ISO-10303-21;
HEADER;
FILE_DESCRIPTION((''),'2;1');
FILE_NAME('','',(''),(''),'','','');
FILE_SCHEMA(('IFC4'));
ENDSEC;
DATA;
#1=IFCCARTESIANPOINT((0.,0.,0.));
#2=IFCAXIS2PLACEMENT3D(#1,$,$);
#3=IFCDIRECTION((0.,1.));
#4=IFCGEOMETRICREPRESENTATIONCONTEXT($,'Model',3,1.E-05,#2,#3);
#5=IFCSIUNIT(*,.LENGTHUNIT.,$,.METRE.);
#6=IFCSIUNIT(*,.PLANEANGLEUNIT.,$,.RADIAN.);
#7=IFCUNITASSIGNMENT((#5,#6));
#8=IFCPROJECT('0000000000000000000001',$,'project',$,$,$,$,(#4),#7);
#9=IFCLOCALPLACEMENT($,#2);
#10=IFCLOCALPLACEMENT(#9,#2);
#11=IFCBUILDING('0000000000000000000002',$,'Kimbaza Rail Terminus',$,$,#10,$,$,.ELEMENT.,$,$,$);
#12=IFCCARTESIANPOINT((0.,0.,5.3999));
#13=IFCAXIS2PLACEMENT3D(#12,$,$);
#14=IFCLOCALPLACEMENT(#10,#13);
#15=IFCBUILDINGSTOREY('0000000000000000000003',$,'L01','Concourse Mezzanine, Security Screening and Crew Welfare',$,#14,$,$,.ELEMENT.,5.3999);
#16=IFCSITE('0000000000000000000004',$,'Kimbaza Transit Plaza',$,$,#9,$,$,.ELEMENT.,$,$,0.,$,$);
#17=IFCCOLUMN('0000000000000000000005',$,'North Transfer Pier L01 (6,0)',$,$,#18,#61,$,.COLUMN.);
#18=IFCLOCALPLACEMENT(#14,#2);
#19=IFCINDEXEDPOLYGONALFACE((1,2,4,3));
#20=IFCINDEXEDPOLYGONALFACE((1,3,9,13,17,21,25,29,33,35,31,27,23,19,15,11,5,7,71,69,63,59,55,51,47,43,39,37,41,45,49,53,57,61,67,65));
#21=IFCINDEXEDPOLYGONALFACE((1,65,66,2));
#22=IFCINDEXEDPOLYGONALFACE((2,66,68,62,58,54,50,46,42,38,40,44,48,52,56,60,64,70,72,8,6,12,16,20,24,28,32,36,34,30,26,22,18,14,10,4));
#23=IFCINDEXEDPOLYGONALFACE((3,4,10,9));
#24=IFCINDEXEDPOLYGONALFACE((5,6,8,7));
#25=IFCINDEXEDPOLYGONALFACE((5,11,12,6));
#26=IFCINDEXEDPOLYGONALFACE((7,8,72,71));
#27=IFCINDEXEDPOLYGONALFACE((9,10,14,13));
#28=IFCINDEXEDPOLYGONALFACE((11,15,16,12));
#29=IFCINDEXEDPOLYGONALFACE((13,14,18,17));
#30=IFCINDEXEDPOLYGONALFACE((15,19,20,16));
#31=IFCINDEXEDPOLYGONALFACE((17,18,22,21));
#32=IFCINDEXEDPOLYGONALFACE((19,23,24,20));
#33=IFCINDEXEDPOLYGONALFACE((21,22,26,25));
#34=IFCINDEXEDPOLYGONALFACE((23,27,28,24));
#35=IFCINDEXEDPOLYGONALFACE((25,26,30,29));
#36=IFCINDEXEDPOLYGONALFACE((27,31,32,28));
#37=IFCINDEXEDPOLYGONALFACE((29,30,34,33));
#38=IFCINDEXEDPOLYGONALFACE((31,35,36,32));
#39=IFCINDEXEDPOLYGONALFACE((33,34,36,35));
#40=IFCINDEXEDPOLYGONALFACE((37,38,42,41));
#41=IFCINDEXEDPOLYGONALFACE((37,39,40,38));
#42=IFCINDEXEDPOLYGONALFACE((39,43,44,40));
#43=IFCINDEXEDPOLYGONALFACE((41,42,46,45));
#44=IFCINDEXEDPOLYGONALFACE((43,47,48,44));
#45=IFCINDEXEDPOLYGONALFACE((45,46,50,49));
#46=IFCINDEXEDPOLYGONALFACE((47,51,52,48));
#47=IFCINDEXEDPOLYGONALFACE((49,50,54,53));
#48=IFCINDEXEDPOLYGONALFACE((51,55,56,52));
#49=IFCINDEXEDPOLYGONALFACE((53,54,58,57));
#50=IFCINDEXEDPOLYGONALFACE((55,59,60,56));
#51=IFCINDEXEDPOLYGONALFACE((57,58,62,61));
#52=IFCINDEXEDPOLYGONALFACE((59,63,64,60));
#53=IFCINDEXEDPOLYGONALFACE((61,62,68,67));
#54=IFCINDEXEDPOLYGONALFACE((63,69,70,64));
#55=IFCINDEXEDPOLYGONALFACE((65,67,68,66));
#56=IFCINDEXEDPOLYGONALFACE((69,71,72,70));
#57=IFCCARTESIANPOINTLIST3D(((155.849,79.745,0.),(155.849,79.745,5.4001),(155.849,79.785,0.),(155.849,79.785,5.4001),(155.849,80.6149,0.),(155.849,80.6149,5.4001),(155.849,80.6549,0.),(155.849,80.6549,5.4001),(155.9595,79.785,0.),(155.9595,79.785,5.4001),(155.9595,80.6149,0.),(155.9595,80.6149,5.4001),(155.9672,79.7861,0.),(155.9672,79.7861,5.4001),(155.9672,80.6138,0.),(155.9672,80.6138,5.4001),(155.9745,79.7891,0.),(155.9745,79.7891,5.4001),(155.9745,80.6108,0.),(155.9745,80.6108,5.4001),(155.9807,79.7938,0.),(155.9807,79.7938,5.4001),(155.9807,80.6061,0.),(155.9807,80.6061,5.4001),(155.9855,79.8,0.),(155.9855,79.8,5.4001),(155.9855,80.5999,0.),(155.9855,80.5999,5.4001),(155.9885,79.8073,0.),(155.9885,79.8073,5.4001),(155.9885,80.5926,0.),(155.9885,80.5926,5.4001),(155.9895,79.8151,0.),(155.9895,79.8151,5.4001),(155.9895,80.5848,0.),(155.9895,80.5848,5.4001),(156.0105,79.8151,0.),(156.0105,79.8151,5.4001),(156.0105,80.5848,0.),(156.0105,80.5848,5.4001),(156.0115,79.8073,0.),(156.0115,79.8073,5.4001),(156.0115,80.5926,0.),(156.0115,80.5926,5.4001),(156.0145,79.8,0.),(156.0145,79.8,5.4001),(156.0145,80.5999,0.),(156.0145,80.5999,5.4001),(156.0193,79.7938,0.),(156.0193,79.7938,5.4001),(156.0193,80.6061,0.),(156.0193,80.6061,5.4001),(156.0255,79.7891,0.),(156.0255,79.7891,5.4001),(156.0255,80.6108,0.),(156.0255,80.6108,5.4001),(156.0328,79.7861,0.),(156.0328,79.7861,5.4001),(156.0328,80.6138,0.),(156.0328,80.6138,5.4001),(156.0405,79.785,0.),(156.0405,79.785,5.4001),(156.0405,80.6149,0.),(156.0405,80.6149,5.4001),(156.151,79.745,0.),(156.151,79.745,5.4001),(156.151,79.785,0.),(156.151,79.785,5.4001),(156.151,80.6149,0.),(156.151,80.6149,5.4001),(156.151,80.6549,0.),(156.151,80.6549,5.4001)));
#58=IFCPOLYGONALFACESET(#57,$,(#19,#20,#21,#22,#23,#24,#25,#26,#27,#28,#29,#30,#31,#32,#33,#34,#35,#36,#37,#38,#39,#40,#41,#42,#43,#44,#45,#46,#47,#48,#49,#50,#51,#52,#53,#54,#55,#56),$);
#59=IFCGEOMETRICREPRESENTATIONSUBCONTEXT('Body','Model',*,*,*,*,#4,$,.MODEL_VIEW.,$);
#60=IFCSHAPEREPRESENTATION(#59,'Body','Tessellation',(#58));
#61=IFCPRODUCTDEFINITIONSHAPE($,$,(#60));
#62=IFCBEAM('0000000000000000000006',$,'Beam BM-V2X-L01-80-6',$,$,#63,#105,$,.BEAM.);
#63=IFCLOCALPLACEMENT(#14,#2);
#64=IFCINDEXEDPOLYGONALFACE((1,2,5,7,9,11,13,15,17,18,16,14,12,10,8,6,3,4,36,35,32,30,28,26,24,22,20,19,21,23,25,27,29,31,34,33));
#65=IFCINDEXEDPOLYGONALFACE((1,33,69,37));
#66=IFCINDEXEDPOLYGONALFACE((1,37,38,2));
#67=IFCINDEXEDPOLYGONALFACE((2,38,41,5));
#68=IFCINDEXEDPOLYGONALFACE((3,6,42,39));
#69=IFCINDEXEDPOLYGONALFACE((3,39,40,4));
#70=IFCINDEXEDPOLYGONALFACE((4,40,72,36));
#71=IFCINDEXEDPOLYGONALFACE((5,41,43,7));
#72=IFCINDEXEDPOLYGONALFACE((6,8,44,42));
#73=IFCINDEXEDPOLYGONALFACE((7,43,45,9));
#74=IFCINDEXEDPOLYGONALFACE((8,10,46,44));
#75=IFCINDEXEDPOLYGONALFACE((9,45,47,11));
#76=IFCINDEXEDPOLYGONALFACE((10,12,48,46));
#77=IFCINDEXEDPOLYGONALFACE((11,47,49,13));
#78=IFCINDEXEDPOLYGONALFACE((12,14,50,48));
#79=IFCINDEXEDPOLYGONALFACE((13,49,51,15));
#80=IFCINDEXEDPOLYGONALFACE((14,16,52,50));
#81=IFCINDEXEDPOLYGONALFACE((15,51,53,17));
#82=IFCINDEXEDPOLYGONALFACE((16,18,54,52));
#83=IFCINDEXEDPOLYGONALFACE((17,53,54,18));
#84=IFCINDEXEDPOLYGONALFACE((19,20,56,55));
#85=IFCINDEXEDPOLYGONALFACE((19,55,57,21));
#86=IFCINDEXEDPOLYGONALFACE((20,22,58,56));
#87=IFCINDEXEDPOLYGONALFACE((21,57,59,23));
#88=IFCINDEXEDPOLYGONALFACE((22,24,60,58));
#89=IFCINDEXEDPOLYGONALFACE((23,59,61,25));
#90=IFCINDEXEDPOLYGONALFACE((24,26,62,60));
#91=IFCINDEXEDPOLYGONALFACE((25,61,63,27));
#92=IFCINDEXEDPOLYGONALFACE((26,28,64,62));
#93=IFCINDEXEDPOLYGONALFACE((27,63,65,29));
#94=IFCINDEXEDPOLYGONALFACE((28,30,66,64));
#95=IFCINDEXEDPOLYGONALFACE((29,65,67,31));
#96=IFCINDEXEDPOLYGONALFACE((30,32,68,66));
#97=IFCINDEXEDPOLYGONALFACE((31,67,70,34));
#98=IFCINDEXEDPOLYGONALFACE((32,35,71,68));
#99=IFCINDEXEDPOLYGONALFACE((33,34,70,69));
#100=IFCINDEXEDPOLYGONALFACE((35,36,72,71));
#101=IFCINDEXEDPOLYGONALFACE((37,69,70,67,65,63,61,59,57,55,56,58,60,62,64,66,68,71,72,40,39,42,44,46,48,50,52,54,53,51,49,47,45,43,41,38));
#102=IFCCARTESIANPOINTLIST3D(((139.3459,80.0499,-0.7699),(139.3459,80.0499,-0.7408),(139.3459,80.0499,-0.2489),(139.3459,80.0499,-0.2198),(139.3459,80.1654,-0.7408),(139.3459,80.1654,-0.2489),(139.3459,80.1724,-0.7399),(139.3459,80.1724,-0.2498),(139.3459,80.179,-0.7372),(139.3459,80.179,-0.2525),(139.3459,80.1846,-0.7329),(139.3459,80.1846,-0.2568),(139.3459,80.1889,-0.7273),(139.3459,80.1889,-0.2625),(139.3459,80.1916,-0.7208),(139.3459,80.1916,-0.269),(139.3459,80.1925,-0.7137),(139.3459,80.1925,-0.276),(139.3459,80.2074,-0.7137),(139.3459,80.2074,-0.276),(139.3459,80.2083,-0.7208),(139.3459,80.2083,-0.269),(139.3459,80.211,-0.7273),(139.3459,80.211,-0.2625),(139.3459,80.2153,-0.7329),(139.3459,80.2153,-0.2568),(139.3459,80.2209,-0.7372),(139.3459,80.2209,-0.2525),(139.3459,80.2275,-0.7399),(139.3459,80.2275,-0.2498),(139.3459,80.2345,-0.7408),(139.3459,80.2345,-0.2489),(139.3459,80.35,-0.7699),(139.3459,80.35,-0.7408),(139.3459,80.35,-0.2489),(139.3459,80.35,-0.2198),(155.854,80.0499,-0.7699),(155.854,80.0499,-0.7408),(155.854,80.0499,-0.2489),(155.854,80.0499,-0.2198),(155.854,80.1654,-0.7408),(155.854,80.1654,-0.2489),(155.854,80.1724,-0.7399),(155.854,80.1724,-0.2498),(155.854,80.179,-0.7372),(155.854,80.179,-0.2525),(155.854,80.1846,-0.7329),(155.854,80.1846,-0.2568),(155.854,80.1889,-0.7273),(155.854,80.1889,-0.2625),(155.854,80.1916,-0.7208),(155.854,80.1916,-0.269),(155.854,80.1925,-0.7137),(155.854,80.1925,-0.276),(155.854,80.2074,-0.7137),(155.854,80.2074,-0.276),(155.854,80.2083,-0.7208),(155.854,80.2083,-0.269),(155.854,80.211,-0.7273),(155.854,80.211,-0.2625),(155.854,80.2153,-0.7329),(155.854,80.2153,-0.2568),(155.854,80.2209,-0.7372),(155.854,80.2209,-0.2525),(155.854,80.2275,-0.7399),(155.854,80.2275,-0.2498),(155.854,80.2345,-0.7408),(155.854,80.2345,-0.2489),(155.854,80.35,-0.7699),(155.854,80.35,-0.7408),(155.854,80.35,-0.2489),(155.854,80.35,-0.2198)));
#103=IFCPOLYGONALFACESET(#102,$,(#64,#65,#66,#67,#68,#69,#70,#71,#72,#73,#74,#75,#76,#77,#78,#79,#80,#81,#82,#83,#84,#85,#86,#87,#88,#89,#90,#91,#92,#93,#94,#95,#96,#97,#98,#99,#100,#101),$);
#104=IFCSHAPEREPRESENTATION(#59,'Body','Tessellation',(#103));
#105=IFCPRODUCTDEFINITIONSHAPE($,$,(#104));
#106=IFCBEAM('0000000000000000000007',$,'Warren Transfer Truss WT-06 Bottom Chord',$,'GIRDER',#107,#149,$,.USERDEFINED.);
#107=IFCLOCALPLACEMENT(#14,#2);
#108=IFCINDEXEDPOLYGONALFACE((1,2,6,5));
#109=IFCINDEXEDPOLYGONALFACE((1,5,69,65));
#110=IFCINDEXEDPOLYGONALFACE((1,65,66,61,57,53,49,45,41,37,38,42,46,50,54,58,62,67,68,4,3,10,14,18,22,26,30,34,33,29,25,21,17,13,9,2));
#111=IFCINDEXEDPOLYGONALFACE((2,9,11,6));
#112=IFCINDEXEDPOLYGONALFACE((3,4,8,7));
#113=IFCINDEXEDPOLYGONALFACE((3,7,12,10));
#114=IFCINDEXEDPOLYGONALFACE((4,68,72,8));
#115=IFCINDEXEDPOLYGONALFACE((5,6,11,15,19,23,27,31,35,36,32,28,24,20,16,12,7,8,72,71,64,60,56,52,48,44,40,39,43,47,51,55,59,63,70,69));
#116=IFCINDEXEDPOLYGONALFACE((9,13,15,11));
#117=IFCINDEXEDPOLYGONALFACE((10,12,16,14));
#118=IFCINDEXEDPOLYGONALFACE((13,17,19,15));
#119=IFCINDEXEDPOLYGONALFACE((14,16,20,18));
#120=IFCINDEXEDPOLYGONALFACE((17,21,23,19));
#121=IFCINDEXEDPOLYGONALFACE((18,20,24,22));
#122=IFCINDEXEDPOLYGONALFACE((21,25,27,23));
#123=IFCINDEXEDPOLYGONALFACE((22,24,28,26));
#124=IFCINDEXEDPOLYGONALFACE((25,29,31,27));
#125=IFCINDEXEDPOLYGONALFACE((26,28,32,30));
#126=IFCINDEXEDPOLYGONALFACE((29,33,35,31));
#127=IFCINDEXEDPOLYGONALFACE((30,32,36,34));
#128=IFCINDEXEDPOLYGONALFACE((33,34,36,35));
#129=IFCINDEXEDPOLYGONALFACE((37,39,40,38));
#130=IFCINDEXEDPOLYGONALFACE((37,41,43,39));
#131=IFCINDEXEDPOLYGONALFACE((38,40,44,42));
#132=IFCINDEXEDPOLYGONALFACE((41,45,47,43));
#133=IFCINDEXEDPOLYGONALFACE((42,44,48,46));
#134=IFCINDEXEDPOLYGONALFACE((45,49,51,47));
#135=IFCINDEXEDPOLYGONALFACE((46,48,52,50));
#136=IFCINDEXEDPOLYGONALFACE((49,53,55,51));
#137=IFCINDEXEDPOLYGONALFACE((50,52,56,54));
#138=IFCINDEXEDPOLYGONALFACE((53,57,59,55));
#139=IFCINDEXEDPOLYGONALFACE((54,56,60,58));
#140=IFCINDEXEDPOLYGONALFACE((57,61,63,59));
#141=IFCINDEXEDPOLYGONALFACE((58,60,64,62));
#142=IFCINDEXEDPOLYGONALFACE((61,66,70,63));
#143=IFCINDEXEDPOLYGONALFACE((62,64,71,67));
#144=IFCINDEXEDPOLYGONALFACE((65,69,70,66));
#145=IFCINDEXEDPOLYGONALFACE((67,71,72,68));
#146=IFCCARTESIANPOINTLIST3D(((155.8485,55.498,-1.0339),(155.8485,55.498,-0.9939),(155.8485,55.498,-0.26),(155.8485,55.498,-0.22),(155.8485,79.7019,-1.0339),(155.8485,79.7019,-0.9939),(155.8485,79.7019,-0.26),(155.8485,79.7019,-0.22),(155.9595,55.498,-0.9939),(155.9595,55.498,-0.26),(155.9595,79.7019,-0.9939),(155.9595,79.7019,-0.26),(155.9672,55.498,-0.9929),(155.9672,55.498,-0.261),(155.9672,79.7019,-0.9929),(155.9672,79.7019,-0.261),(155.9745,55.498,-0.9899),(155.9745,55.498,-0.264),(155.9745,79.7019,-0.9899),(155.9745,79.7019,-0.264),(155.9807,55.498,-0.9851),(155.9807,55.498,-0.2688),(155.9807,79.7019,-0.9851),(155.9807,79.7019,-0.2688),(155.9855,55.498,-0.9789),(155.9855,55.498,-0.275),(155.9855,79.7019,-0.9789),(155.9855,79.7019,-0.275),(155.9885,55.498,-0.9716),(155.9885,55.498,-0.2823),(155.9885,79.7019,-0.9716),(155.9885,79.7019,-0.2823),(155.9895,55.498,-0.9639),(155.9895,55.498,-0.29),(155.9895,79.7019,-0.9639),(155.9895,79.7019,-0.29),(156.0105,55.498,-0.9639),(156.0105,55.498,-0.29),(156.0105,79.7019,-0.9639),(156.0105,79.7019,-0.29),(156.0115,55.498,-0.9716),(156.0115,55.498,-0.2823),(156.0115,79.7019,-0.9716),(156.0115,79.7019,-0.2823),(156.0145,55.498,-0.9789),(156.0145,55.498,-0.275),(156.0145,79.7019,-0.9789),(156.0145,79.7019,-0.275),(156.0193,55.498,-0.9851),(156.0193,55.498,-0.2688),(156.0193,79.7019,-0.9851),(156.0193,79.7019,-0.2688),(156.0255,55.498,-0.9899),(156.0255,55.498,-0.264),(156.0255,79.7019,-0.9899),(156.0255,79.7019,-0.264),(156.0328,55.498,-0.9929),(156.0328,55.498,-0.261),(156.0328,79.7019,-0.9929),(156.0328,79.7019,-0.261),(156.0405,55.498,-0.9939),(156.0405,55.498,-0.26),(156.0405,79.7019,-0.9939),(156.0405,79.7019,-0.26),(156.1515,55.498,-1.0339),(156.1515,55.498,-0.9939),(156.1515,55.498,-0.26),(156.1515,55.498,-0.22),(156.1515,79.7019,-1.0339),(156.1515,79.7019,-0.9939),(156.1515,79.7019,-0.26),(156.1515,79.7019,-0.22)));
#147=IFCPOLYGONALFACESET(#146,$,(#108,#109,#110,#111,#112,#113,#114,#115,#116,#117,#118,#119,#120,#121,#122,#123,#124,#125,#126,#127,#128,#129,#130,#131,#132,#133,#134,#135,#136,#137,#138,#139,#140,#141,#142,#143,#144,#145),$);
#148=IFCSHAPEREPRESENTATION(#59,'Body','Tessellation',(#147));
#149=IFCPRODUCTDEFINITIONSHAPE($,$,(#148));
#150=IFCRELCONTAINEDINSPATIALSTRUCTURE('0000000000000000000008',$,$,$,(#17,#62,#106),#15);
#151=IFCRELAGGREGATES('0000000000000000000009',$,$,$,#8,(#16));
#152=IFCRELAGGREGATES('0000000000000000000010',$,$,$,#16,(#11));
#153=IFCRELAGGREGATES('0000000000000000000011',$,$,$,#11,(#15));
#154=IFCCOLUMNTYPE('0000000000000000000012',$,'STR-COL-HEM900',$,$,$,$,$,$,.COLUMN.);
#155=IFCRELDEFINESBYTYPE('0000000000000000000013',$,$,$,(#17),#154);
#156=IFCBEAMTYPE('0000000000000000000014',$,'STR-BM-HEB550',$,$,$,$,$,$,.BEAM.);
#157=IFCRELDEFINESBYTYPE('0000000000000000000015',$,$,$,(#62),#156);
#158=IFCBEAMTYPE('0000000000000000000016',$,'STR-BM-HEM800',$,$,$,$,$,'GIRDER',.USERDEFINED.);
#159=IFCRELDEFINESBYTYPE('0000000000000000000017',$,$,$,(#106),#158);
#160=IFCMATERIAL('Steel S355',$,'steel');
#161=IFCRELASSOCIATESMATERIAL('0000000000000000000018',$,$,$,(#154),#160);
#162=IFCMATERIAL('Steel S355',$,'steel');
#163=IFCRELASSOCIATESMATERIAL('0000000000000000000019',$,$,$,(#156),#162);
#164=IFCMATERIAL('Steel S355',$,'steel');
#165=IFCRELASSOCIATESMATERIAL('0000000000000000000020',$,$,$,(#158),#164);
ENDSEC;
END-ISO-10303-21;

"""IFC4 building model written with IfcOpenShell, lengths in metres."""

from ifc_helpers import new_model, si_unit, direction, frame, origin, origin_2d, place, context, subcontext, project, spatial, i_section, extrude, material, material_profile, profile_set, type_object, element, save


model = new_model("IFC4")

# Units and contexts
model_context = context("Model", 3, precision=1e-05, world=origin(), true_north=direction((0.0, 1.0)))
body_context = subcontext(model_context, "Body", "Model", "MODEL_VIEW")
ifc_project = project(units=[si_unit("LENGTHUNIT", "METRE"), si_unit("PLANEANGLEUNIT", "RADIAN")], contexts=[model_context])

# Site, building, storey
site_placement = place(None, origin())
site = spatial("IfcSite", under=ifc_project, at=site_placement, Name="Kimbaza Transit Plaza", CompositionType="ELEMENT", RefElevation=0.0)
building_placement = place(site_placement, origin())
building = spatial("IfcBuilding", under=site, at=building_placement, Name="Kimbaza Rail Terminus", CompositionType="ELEMENT")
storey_placement = place(building_placement, frame((0.0, 0.0, 5.3999)))
storey = spatial("IfcBuildingStorey", under=building, at=storey_placement, Name="L01", Description="Concourse Mezzanine, Security Screening and Crew Welfare", CompositionType="ELEMENT", Elevation=5.3999)

# Column
ifc_material_1 = material(Name="Steel S355", Category="steel")
ifc_material_profile_1 = material_profile(ifc_material_1, i_section(OverallWidth=0.302, OverallDepth=0.9099, WebThickness=0.021, FlangeThickness=0.04, FilletRadius=0.03, at=origin_2d()), Name="HEM 900")
ifc_profile_set_1 = profile_set([ifc_material_profile_1], Name="Steel S355")
column_type = type_object("IfcColumnType", Name="STR-COL-HEM900", PredefinedType="COLUMN", material=ifc_profile_set_1)
column_placement = place(storey_placement, frame((156.0, 80.2, 0.0), z_axis=(0.0, 0.0, 1.0), x_axis=(1.0, 0.0, 0.0)))
element("IfcColumn", 1, at=column_placement, inside=storey, type_object=column_type, Name="North Transfer Pier L01 (6,0)", PredefinedType="COLUMN", context=body_context, shape_type="SweptSolid", body=[
    extrude(i_section(OverallWidth=0.302, OverallDepth=0.9099, WebThickness=0.021, FlangeThickness=0.04, FilletRadius=0.03, at=origin_2d()), origin(), (0.0, 0.0, 1.0), 5.4001),
])

# Beams
ifc_material_2 = material(Name="Steel S355", Category="steel")
ifc_material_profile_2 = material_profile(ifc_material_2, i_section(OverallWidth=0.3, OverallDepth=0.55, WebThickness=0.0149, FlangeThickness=0.0291, FilletRadius=0.0271, at=origin_2d()), Name="HEB 550")
ifc_profile_set_2 = profile_set([ifc_material_profile_2], Name="Steel S355")
beam_type_1 = type_object("IfcBeamType", Name="STR-BM-HEB550", PredefinedType="BEAM", material=ifc_profile_set_2)
beam_1_placement = place(storey_placement, frame((139.3459, 80.2, -0.4949), z_axis=(1.0, 0.0, 0.0), x_axis=(0.0, 1.0, 0.0)))
element("IfcBeam", 2, at=beam_1_placement, inside=storey, type_object=beam_type_1, Name="Beam BM-V2X-L01-80-6", PredefinedType="BEAM", context=body_context, shape_type="SweptSolid", body=[
    extrude(i_section(OverallWidth=0.3, OverallDepth=0.55, WebThickness=0.0149, FlangeThickness=0.0291, FilletRadius=0.0271, at=origin_2d()), origin(), (0.0, 0.0, 1.0), 16.5081),
])
ifc_material_3 = material(Name="Steel S355", Category="steel")
ifc_material_profile_3 = material_profile(ifc_material_3, i_section(OverallWidth=0.303, OverallDepth=0.814, WebThickness=0.021, FlangeThickness=0.04, FilletRadius=0.03, at=origin_2d()), Name="HEM 800")
ifc_profile_set_3 = profile_set([ifc_material_profile_3], Name="Steel S355")
beam_type_2 = type_object("IfcBeamType", Name="STR-BM-HEM800", ElementType="GIRDER", PredefinedType="USERDEFINED", material=ifc_profile_set_3)
beam_2_placement = place(storey_placement, frame((156.0, 55.498, -0.627), z_axis=(0.0, 1.0, 0.0), x_axis=(-1.0, 0.0, 0.0)))
element("IfcBeam", 3, at=beam_2_placement, inside=storey, type_object=beam_type_2, Name="Warren Transfer Truss WT-06 Bottom Chord", ObjectType="GIRDER", PredefinedType="USERDEFINED", context=body_context, shape_type="SweptSolid", body=[
    extrude(i_section(OverallWidth=0.303, OverallDepth=0.814, WebThickness=0.021, FlangeThickness=0.04, FilletRadius=0.03, at=origin_2d()), origin(), (0.0, 0.0, 1.0), 24.2039),
])

save(model, "model.ifc")
